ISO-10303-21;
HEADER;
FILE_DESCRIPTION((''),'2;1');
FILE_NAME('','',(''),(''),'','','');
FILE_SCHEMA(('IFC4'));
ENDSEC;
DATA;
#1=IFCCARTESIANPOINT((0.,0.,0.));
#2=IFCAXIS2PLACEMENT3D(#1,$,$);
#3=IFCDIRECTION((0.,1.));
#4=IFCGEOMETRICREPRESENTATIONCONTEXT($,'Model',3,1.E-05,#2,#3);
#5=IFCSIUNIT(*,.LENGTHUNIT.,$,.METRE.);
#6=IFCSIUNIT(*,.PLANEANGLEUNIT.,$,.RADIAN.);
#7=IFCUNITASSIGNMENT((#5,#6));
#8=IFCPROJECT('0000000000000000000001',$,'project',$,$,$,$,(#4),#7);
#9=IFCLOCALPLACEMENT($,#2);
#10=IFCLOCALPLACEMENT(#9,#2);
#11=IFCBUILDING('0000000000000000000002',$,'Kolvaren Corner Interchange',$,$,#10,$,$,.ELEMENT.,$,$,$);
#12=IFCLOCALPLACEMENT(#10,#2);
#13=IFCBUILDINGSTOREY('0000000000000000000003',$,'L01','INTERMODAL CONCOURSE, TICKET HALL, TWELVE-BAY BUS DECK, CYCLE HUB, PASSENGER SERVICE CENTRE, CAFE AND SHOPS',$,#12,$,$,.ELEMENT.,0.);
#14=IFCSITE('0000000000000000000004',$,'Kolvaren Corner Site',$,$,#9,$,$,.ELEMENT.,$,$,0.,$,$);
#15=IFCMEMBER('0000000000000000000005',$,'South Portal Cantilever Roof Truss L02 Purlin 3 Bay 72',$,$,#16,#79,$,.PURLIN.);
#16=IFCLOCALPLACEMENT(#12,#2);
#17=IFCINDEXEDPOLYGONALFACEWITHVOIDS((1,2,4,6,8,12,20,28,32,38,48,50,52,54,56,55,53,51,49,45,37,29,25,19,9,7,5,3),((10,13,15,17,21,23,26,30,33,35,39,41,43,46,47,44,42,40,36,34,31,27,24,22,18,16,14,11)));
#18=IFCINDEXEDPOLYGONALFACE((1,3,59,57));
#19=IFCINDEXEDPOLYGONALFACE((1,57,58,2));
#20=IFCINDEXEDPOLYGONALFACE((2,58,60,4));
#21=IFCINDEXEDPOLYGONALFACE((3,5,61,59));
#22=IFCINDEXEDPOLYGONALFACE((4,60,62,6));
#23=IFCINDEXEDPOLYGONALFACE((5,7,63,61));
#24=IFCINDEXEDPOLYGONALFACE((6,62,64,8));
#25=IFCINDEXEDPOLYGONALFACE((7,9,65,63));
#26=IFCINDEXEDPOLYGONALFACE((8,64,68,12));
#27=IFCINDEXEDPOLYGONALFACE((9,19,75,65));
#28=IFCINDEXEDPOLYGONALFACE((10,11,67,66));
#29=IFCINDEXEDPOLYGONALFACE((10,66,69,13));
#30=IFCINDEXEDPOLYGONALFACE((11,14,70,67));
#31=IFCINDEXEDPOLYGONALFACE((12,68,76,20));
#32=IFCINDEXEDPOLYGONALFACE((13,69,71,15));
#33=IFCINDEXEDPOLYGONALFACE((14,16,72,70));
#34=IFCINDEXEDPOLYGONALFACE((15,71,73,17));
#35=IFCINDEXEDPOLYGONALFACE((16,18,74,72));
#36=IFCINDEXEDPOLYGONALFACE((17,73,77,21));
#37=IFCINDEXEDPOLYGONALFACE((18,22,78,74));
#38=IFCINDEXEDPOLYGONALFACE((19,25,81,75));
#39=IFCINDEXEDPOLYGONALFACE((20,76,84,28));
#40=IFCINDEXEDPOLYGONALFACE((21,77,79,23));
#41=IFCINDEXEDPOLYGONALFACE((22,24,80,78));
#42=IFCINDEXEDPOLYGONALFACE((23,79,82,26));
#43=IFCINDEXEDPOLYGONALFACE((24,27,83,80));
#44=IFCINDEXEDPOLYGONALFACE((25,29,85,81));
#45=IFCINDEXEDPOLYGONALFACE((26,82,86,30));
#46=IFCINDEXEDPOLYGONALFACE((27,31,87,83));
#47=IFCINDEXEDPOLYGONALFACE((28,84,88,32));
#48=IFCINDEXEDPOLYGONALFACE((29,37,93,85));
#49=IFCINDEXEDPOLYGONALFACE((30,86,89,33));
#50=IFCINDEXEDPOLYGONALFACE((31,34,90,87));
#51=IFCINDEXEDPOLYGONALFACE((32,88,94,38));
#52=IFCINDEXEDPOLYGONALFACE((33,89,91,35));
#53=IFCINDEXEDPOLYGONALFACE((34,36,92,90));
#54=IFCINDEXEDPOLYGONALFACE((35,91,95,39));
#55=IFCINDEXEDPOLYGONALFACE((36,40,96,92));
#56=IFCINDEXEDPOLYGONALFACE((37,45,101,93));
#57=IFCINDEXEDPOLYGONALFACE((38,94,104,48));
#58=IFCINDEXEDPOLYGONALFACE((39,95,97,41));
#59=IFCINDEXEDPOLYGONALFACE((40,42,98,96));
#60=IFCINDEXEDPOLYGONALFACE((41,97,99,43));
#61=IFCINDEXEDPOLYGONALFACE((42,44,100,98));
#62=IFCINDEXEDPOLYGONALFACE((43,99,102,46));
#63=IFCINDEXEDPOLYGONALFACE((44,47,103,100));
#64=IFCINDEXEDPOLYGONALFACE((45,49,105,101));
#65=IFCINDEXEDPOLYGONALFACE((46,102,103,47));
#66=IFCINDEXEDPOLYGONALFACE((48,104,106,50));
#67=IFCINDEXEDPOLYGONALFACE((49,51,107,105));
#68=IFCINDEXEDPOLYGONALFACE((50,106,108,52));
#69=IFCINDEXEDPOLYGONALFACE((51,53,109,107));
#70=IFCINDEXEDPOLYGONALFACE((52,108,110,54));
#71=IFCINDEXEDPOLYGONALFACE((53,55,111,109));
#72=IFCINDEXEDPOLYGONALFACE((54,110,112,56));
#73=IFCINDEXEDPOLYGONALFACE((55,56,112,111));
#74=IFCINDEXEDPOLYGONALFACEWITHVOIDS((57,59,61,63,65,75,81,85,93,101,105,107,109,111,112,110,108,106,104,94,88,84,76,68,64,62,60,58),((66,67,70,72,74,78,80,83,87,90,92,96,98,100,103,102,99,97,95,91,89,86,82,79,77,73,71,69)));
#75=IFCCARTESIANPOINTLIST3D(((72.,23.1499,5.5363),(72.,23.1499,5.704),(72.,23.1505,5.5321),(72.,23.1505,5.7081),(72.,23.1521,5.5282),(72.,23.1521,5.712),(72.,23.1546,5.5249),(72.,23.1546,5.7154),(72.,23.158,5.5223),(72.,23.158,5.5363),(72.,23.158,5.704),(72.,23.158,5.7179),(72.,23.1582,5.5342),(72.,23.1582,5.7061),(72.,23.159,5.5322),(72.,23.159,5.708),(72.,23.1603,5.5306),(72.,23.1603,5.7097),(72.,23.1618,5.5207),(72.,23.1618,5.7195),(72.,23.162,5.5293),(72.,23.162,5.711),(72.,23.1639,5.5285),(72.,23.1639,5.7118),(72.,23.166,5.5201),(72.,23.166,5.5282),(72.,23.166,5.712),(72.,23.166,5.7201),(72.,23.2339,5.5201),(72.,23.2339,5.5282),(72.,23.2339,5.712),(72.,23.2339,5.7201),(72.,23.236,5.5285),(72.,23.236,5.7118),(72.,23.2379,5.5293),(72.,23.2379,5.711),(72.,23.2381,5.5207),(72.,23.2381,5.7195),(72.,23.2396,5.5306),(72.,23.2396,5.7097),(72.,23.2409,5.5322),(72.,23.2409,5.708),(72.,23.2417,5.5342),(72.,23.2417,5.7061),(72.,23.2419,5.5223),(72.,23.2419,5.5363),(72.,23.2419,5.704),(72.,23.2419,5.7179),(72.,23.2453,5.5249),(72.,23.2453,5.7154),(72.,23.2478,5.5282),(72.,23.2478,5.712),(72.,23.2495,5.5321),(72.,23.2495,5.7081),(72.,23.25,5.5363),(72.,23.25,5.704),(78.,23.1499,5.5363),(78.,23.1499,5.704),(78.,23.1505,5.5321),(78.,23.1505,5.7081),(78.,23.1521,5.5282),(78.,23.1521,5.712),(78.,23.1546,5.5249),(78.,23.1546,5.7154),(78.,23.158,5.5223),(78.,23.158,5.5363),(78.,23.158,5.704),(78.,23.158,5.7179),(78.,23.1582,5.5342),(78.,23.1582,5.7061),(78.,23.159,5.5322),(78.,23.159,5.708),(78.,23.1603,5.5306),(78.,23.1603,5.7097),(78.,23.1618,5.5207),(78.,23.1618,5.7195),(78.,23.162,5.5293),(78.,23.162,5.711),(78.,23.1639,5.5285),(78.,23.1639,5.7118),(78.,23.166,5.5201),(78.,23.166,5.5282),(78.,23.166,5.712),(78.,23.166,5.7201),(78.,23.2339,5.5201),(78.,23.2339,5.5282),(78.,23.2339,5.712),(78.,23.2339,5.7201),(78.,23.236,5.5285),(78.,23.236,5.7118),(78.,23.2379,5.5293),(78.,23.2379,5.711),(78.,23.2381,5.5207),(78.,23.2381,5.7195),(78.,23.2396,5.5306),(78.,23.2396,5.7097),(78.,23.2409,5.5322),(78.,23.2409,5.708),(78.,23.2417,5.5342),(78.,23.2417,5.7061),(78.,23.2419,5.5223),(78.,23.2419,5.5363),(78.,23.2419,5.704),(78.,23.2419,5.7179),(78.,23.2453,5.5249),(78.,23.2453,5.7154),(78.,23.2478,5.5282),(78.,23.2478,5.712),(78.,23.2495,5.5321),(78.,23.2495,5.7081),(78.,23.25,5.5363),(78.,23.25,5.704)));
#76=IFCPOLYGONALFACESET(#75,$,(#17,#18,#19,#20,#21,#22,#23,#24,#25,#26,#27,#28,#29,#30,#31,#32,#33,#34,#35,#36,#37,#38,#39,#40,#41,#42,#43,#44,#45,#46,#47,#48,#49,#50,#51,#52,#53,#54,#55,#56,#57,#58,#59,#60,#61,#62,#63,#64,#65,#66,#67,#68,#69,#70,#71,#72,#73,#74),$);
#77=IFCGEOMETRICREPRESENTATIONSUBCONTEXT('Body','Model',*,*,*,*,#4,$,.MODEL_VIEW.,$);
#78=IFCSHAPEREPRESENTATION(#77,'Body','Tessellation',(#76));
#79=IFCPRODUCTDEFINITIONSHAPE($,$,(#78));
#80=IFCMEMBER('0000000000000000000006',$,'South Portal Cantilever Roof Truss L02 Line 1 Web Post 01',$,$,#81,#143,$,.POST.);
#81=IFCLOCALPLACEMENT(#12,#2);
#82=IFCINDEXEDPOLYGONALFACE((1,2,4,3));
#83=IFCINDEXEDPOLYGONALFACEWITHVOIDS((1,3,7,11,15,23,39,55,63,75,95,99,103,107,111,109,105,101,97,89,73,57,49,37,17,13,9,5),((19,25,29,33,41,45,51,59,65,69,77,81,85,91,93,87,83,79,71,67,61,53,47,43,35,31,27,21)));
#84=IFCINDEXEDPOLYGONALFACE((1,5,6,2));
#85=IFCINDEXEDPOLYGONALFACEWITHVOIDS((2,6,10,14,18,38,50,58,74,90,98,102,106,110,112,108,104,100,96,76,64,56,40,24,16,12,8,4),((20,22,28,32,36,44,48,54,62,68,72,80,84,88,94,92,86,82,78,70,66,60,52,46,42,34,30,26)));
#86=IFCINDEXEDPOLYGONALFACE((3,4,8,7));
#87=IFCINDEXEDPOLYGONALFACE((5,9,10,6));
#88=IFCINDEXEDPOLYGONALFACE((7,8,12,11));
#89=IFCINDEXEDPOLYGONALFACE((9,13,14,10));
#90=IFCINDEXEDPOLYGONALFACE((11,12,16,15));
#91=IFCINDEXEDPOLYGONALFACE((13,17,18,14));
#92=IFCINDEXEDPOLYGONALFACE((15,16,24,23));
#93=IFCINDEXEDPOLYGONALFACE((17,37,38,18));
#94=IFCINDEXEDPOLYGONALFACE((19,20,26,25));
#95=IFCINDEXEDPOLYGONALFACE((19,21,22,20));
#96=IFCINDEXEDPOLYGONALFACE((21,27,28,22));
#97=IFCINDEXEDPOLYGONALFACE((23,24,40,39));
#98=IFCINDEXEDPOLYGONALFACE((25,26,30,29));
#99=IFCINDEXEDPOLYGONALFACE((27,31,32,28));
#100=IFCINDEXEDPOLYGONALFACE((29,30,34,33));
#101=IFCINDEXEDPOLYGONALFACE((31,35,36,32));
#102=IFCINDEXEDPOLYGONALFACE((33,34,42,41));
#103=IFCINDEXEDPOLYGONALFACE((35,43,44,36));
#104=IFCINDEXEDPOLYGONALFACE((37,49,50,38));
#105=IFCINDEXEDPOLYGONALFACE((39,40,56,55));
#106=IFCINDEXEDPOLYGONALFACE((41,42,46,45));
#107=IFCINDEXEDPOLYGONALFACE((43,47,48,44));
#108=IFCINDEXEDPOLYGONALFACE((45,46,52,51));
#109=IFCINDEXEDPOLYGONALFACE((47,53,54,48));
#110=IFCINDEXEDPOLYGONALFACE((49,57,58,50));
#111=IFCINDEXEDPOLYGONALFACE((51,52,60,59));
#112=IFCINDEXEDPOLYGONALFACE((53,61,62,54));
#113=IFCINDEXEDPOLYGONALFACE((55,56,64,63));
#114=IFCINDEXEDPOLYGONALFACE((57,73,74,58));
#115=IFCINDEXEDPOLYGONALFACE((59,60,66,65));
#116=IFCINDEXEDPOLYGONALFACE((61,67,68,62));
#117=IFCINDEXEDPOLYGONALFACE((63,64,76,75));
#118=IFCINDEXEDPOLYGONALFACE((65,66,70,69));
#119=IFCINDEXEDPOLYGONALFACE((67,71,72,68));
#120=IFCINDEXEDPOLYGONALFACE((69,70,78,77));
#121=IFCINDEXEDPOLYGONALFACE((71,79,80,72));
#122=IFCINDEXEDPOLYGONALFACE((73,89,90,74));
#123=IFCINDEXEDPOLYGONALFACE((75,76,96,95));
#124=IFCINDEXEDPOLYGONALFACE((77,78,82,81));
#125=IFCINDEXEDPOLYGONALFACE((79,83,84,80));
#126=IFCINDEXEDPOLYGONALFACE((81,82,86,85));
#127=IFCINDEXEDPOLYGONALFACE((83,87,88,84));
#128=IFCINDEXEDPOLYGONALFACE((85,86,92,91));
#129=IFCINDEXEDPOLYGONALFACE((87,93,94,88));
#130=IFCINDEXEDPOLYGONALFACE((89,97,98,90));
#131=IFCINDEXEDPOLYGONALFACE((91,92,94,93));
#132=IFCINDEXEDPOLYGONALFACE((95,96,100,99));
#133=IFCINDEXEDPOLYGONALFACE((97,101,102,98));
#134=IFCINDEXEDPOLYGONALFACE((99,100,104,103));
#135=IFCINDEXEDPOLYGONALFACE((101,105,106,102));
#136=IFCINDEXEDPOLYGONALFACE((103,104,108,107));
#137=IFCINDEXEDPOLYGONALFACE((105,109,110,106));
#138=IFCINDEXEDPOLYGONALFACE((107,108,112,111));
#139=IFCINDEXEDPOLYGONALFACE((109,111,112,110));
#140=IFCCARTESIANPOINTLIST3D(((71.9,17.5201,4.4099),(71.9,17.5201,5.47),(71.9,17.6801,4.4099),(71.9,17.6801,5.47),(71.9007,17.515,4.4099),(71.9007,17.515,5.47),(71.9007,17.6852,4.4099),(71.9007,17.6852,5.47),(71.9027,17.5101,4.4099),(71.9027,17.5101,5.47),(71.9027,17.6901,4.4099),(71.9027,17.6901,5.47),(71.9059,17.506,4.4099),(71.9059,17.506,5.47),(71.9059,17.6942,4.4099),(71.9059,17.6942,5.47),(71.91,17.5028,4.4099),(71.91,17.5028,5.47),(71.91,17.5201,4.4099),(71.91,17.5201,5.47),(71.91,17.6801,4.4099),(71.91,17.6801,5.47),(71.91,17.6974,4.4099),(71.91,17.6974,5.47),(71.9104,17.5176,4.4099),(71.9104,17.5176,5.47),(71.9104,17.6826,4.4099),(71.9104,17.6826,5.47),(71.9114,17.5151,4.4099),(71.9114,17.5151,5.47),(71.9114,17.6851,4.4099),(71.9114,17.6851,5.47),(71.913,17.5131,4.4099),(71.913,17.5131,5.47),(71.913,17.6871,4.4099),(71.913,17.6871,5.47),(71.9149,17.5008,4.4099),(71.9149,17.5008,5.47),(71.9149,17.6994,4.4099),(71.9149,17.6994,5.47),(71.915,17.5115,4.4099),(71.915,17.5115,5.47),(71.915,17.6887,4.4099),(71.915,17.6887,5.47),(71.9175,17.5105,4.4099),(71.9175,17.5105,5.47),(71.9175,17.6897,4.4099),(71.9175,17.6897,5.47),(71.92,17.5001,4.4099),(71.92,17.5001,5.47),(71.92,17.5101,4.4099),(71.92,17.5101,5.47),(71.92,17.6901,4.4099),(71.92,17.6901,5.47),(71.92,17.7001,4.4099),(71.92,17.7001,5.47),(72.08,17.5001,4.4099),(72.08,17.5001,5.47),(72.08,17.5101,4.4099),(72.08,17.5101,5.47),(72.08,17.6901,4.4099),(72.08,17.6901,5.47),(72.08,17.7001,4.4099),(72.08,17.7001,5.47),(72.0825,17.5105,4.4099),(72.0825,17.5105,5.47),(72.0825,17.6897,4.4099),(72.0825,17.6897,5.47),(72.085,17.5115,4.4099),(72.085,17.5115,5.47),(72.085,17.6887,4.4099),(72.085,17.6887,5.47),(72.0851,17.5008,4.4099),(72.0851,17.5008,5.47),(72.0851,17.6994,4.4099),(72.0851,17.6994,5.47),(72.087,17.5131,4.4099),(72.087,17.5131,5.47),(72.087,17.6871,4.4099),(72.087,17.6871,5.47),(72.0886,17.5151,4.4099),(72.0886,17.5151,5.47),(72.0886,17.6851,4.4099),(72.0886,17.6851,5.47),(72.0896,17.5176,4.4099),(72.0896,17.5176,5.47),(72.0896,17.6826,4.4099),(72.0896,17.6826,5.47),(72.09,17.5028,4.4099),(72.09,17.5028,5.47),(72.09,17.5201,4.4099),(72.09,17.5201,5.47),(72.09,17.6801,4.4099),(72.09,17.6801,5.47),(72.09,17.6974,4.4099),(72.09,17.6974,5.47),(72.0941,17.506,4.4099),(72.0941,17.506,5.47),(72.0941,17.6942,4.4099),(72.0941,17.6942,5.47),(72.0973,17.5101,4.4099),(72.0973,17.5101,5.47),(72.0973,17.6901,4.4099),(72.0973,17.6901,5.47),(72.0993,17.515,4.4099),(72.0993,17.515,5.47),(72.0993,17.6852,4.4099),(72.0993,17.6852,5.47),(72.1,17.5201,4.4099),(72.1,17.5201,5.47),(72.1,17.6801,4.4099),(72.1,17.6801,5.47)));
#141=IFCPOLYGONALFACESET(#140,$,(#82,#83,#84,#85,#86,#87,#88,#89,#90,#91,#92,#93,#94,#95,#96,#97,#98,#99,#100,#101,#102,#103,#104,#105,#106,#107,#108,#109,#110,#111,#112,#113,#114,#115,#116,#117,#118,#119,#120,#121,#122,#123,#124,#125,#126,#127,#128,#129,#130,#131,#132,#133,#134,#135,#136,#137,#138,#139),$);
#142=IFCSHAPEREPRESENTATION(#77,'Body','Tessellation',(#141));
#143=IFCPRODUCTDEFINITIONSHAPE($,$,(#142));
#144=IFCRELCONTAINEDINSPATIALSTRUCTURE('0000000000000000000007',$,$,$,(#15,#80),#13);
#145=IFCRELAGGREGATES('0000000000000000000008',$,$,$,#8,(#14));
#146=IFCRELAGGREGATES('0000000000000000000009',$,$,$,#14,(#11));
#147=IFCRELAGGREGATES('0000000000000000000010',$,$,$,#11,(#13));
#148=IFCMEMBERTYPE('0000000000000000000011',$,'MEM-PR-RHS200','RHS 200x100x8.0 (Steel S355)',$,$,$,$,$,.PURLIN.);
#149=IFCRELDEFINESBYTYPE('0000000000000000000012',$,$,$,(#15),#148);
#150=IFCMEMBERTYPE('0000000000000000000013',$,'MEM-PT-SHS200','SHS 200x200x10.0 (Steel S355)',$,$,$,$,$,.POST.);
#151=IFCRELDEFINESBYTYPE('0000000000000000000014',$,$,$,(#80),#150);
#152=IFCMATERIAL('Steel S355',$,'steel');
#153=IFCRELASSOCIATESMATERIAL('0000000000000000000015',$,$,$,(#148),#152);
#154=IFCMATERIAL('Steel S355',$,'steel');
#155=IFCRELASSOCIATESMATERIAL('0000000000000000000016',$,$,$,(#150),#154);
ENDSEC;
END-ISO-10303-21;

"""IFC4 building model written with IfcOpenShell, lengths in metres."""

from ifc_helpers import new_model, si_unit, direction, frame, origin, origin_2d, place, context, subcontext, project, spatial, hollow_rectangle, extrude, material, material_profile, profile_set, type_object, element, save


model = new_model("IFC4")

# Units and contexts
model_context = context("Model", 3, precision=1e-05, world=origin(), true_north=direction((0.0, 1.0)))
body_context = subcontext(model_context, "Body", "Model", "MODEL_VIEW")
ifc_project = project(units=[si_unit("LENGTHUNIT", "METRE"), si_unit("PLANEANGLEUNIT", "RADIAN")], contexts=[model_context])

# Site, building, storey
site_placement = place(None, origin())
site = spatial("IfcSite", under=ifc_project, at=site_placement, Name="Kolvaren Corner Site", CompositionType="ELEMENT", RefElevation=0.0)
building_placement = place(site_placement, origin())
building = spatial("IfcBuilding", under=site, at=building_placement, Name="Kolvaren Corner Interchange", CompositionType="ELEMENT")
storey_placement = place(building_placement, origin())
storey = spatial("IfcBuildingStorey", under=building, at=storey_placement, Name="L01", Description="INTERMODAL CONCOURSE, TICKET HALL, TWELVE-BAY BUS DECK, CYCLE HUB, PASSENGER SERVICE CENTRE, CAFE AND SHOPS", CompositionType="ELEMENT", Elevation=0.0)

# Members
ifc_material_1 = material(Name="Steel S355", Category="steel")
ifc_material_profile_1 = material_profile(ifc_material_1, hollow_rectangle(XDim=0.1001, YDim=0.2, WallThickness=0.0081, InnerFilletRadius=0.0081, OuterFilletRadius=0.0161, at=origin_2d()), Name="RHS 200x100x8.0")
ifc_profile_set_1 = profile_set([ifc_material_profile_1], Name="Steel S355")
member_type_1 = type_object("IfcMemberType", Name="MEM-PR-RHS200", Description="RHS 200x100x8.0 (Steel S355)", PredefinedType="PURLIN", material=ifc_profile_set_1)
for number, where, z_axis, x_axis, name in (
    (1, (72.0, 23.2, 5.6201), (1.0, 0.0, 0.0), (0.0, 1.0, 0.0), "South Portal Cantilever Roof Truss L02 Purlin 3 Bay 72"),
):
    element("IfcMember", number, at=place(storey_placement, frame(where, z_axis=z_axis, x_axis=x_axis)), inside=storey, type_object=member_type_1, Name=name, PredefinedType="PURLIN", context=body_context, shape_type="SweptSolid", body=[
        extrude(hollow_rectangle(XDim=0.1001, YDim=0.2, WallThickness=0.0081, InnerFilletRadius=0.0081, OuterFilletRadius=0.0161, at=origin_2d()), origin(), (0.0, 0.0, 1.0), 6.0),
    ])
ifc_material_2 = material(Name="Steel S355", Category="steel")
ifc_material_profile_2 = material_profile(ifc_material_2, hollow_rectangle(XDim=0.2, YDim=0.2, WallThickness=0.01, InnerFilletRadius=0.01, OuterFilletRadius=0.02, at=origin_2d()), Name="SHS 200x200x10.0")
ifc_profile_set_2 = profile_set([ifc_material_profile_2], Name="Steel S355")
member_type_2 = type_object("IfcMemberType", Name="MEM-PT-SHS200", Description="SHS 200x200x10.0 (Steel S355)", PredefinedType="POST", material=ifc_profile_set_2)
for number, where, z_axis, x_axis, name in (
    (2, (72.0, 17.6001, 4.4099), (0.0, 0.0, 1.0), (1.0, 0.0, 0.0), "South Portal Cantilever Roof Truss L02 Line 1 Web Post 01"),
):
    element("IfcMember", number, at=place(storey_placement, frame(where, z_axis=z_axis, x_axis=x_axis)), inside=storey, type_object=member_type_2, Name=name, PredefinedType="POST", context=body_context, shape_type="SweptSolid", body=[
        extrude(hollow_rectangle(XDim=0.2, YDim=0.2, WallThickness=0.01, InnerFilletRadius=0.01, OuterFilletRadius=0.02, at=origin_2d()), origin(), (0.0, 0.0, 1.0), 1.0601),
    ])

save(model, "model.ifc")
